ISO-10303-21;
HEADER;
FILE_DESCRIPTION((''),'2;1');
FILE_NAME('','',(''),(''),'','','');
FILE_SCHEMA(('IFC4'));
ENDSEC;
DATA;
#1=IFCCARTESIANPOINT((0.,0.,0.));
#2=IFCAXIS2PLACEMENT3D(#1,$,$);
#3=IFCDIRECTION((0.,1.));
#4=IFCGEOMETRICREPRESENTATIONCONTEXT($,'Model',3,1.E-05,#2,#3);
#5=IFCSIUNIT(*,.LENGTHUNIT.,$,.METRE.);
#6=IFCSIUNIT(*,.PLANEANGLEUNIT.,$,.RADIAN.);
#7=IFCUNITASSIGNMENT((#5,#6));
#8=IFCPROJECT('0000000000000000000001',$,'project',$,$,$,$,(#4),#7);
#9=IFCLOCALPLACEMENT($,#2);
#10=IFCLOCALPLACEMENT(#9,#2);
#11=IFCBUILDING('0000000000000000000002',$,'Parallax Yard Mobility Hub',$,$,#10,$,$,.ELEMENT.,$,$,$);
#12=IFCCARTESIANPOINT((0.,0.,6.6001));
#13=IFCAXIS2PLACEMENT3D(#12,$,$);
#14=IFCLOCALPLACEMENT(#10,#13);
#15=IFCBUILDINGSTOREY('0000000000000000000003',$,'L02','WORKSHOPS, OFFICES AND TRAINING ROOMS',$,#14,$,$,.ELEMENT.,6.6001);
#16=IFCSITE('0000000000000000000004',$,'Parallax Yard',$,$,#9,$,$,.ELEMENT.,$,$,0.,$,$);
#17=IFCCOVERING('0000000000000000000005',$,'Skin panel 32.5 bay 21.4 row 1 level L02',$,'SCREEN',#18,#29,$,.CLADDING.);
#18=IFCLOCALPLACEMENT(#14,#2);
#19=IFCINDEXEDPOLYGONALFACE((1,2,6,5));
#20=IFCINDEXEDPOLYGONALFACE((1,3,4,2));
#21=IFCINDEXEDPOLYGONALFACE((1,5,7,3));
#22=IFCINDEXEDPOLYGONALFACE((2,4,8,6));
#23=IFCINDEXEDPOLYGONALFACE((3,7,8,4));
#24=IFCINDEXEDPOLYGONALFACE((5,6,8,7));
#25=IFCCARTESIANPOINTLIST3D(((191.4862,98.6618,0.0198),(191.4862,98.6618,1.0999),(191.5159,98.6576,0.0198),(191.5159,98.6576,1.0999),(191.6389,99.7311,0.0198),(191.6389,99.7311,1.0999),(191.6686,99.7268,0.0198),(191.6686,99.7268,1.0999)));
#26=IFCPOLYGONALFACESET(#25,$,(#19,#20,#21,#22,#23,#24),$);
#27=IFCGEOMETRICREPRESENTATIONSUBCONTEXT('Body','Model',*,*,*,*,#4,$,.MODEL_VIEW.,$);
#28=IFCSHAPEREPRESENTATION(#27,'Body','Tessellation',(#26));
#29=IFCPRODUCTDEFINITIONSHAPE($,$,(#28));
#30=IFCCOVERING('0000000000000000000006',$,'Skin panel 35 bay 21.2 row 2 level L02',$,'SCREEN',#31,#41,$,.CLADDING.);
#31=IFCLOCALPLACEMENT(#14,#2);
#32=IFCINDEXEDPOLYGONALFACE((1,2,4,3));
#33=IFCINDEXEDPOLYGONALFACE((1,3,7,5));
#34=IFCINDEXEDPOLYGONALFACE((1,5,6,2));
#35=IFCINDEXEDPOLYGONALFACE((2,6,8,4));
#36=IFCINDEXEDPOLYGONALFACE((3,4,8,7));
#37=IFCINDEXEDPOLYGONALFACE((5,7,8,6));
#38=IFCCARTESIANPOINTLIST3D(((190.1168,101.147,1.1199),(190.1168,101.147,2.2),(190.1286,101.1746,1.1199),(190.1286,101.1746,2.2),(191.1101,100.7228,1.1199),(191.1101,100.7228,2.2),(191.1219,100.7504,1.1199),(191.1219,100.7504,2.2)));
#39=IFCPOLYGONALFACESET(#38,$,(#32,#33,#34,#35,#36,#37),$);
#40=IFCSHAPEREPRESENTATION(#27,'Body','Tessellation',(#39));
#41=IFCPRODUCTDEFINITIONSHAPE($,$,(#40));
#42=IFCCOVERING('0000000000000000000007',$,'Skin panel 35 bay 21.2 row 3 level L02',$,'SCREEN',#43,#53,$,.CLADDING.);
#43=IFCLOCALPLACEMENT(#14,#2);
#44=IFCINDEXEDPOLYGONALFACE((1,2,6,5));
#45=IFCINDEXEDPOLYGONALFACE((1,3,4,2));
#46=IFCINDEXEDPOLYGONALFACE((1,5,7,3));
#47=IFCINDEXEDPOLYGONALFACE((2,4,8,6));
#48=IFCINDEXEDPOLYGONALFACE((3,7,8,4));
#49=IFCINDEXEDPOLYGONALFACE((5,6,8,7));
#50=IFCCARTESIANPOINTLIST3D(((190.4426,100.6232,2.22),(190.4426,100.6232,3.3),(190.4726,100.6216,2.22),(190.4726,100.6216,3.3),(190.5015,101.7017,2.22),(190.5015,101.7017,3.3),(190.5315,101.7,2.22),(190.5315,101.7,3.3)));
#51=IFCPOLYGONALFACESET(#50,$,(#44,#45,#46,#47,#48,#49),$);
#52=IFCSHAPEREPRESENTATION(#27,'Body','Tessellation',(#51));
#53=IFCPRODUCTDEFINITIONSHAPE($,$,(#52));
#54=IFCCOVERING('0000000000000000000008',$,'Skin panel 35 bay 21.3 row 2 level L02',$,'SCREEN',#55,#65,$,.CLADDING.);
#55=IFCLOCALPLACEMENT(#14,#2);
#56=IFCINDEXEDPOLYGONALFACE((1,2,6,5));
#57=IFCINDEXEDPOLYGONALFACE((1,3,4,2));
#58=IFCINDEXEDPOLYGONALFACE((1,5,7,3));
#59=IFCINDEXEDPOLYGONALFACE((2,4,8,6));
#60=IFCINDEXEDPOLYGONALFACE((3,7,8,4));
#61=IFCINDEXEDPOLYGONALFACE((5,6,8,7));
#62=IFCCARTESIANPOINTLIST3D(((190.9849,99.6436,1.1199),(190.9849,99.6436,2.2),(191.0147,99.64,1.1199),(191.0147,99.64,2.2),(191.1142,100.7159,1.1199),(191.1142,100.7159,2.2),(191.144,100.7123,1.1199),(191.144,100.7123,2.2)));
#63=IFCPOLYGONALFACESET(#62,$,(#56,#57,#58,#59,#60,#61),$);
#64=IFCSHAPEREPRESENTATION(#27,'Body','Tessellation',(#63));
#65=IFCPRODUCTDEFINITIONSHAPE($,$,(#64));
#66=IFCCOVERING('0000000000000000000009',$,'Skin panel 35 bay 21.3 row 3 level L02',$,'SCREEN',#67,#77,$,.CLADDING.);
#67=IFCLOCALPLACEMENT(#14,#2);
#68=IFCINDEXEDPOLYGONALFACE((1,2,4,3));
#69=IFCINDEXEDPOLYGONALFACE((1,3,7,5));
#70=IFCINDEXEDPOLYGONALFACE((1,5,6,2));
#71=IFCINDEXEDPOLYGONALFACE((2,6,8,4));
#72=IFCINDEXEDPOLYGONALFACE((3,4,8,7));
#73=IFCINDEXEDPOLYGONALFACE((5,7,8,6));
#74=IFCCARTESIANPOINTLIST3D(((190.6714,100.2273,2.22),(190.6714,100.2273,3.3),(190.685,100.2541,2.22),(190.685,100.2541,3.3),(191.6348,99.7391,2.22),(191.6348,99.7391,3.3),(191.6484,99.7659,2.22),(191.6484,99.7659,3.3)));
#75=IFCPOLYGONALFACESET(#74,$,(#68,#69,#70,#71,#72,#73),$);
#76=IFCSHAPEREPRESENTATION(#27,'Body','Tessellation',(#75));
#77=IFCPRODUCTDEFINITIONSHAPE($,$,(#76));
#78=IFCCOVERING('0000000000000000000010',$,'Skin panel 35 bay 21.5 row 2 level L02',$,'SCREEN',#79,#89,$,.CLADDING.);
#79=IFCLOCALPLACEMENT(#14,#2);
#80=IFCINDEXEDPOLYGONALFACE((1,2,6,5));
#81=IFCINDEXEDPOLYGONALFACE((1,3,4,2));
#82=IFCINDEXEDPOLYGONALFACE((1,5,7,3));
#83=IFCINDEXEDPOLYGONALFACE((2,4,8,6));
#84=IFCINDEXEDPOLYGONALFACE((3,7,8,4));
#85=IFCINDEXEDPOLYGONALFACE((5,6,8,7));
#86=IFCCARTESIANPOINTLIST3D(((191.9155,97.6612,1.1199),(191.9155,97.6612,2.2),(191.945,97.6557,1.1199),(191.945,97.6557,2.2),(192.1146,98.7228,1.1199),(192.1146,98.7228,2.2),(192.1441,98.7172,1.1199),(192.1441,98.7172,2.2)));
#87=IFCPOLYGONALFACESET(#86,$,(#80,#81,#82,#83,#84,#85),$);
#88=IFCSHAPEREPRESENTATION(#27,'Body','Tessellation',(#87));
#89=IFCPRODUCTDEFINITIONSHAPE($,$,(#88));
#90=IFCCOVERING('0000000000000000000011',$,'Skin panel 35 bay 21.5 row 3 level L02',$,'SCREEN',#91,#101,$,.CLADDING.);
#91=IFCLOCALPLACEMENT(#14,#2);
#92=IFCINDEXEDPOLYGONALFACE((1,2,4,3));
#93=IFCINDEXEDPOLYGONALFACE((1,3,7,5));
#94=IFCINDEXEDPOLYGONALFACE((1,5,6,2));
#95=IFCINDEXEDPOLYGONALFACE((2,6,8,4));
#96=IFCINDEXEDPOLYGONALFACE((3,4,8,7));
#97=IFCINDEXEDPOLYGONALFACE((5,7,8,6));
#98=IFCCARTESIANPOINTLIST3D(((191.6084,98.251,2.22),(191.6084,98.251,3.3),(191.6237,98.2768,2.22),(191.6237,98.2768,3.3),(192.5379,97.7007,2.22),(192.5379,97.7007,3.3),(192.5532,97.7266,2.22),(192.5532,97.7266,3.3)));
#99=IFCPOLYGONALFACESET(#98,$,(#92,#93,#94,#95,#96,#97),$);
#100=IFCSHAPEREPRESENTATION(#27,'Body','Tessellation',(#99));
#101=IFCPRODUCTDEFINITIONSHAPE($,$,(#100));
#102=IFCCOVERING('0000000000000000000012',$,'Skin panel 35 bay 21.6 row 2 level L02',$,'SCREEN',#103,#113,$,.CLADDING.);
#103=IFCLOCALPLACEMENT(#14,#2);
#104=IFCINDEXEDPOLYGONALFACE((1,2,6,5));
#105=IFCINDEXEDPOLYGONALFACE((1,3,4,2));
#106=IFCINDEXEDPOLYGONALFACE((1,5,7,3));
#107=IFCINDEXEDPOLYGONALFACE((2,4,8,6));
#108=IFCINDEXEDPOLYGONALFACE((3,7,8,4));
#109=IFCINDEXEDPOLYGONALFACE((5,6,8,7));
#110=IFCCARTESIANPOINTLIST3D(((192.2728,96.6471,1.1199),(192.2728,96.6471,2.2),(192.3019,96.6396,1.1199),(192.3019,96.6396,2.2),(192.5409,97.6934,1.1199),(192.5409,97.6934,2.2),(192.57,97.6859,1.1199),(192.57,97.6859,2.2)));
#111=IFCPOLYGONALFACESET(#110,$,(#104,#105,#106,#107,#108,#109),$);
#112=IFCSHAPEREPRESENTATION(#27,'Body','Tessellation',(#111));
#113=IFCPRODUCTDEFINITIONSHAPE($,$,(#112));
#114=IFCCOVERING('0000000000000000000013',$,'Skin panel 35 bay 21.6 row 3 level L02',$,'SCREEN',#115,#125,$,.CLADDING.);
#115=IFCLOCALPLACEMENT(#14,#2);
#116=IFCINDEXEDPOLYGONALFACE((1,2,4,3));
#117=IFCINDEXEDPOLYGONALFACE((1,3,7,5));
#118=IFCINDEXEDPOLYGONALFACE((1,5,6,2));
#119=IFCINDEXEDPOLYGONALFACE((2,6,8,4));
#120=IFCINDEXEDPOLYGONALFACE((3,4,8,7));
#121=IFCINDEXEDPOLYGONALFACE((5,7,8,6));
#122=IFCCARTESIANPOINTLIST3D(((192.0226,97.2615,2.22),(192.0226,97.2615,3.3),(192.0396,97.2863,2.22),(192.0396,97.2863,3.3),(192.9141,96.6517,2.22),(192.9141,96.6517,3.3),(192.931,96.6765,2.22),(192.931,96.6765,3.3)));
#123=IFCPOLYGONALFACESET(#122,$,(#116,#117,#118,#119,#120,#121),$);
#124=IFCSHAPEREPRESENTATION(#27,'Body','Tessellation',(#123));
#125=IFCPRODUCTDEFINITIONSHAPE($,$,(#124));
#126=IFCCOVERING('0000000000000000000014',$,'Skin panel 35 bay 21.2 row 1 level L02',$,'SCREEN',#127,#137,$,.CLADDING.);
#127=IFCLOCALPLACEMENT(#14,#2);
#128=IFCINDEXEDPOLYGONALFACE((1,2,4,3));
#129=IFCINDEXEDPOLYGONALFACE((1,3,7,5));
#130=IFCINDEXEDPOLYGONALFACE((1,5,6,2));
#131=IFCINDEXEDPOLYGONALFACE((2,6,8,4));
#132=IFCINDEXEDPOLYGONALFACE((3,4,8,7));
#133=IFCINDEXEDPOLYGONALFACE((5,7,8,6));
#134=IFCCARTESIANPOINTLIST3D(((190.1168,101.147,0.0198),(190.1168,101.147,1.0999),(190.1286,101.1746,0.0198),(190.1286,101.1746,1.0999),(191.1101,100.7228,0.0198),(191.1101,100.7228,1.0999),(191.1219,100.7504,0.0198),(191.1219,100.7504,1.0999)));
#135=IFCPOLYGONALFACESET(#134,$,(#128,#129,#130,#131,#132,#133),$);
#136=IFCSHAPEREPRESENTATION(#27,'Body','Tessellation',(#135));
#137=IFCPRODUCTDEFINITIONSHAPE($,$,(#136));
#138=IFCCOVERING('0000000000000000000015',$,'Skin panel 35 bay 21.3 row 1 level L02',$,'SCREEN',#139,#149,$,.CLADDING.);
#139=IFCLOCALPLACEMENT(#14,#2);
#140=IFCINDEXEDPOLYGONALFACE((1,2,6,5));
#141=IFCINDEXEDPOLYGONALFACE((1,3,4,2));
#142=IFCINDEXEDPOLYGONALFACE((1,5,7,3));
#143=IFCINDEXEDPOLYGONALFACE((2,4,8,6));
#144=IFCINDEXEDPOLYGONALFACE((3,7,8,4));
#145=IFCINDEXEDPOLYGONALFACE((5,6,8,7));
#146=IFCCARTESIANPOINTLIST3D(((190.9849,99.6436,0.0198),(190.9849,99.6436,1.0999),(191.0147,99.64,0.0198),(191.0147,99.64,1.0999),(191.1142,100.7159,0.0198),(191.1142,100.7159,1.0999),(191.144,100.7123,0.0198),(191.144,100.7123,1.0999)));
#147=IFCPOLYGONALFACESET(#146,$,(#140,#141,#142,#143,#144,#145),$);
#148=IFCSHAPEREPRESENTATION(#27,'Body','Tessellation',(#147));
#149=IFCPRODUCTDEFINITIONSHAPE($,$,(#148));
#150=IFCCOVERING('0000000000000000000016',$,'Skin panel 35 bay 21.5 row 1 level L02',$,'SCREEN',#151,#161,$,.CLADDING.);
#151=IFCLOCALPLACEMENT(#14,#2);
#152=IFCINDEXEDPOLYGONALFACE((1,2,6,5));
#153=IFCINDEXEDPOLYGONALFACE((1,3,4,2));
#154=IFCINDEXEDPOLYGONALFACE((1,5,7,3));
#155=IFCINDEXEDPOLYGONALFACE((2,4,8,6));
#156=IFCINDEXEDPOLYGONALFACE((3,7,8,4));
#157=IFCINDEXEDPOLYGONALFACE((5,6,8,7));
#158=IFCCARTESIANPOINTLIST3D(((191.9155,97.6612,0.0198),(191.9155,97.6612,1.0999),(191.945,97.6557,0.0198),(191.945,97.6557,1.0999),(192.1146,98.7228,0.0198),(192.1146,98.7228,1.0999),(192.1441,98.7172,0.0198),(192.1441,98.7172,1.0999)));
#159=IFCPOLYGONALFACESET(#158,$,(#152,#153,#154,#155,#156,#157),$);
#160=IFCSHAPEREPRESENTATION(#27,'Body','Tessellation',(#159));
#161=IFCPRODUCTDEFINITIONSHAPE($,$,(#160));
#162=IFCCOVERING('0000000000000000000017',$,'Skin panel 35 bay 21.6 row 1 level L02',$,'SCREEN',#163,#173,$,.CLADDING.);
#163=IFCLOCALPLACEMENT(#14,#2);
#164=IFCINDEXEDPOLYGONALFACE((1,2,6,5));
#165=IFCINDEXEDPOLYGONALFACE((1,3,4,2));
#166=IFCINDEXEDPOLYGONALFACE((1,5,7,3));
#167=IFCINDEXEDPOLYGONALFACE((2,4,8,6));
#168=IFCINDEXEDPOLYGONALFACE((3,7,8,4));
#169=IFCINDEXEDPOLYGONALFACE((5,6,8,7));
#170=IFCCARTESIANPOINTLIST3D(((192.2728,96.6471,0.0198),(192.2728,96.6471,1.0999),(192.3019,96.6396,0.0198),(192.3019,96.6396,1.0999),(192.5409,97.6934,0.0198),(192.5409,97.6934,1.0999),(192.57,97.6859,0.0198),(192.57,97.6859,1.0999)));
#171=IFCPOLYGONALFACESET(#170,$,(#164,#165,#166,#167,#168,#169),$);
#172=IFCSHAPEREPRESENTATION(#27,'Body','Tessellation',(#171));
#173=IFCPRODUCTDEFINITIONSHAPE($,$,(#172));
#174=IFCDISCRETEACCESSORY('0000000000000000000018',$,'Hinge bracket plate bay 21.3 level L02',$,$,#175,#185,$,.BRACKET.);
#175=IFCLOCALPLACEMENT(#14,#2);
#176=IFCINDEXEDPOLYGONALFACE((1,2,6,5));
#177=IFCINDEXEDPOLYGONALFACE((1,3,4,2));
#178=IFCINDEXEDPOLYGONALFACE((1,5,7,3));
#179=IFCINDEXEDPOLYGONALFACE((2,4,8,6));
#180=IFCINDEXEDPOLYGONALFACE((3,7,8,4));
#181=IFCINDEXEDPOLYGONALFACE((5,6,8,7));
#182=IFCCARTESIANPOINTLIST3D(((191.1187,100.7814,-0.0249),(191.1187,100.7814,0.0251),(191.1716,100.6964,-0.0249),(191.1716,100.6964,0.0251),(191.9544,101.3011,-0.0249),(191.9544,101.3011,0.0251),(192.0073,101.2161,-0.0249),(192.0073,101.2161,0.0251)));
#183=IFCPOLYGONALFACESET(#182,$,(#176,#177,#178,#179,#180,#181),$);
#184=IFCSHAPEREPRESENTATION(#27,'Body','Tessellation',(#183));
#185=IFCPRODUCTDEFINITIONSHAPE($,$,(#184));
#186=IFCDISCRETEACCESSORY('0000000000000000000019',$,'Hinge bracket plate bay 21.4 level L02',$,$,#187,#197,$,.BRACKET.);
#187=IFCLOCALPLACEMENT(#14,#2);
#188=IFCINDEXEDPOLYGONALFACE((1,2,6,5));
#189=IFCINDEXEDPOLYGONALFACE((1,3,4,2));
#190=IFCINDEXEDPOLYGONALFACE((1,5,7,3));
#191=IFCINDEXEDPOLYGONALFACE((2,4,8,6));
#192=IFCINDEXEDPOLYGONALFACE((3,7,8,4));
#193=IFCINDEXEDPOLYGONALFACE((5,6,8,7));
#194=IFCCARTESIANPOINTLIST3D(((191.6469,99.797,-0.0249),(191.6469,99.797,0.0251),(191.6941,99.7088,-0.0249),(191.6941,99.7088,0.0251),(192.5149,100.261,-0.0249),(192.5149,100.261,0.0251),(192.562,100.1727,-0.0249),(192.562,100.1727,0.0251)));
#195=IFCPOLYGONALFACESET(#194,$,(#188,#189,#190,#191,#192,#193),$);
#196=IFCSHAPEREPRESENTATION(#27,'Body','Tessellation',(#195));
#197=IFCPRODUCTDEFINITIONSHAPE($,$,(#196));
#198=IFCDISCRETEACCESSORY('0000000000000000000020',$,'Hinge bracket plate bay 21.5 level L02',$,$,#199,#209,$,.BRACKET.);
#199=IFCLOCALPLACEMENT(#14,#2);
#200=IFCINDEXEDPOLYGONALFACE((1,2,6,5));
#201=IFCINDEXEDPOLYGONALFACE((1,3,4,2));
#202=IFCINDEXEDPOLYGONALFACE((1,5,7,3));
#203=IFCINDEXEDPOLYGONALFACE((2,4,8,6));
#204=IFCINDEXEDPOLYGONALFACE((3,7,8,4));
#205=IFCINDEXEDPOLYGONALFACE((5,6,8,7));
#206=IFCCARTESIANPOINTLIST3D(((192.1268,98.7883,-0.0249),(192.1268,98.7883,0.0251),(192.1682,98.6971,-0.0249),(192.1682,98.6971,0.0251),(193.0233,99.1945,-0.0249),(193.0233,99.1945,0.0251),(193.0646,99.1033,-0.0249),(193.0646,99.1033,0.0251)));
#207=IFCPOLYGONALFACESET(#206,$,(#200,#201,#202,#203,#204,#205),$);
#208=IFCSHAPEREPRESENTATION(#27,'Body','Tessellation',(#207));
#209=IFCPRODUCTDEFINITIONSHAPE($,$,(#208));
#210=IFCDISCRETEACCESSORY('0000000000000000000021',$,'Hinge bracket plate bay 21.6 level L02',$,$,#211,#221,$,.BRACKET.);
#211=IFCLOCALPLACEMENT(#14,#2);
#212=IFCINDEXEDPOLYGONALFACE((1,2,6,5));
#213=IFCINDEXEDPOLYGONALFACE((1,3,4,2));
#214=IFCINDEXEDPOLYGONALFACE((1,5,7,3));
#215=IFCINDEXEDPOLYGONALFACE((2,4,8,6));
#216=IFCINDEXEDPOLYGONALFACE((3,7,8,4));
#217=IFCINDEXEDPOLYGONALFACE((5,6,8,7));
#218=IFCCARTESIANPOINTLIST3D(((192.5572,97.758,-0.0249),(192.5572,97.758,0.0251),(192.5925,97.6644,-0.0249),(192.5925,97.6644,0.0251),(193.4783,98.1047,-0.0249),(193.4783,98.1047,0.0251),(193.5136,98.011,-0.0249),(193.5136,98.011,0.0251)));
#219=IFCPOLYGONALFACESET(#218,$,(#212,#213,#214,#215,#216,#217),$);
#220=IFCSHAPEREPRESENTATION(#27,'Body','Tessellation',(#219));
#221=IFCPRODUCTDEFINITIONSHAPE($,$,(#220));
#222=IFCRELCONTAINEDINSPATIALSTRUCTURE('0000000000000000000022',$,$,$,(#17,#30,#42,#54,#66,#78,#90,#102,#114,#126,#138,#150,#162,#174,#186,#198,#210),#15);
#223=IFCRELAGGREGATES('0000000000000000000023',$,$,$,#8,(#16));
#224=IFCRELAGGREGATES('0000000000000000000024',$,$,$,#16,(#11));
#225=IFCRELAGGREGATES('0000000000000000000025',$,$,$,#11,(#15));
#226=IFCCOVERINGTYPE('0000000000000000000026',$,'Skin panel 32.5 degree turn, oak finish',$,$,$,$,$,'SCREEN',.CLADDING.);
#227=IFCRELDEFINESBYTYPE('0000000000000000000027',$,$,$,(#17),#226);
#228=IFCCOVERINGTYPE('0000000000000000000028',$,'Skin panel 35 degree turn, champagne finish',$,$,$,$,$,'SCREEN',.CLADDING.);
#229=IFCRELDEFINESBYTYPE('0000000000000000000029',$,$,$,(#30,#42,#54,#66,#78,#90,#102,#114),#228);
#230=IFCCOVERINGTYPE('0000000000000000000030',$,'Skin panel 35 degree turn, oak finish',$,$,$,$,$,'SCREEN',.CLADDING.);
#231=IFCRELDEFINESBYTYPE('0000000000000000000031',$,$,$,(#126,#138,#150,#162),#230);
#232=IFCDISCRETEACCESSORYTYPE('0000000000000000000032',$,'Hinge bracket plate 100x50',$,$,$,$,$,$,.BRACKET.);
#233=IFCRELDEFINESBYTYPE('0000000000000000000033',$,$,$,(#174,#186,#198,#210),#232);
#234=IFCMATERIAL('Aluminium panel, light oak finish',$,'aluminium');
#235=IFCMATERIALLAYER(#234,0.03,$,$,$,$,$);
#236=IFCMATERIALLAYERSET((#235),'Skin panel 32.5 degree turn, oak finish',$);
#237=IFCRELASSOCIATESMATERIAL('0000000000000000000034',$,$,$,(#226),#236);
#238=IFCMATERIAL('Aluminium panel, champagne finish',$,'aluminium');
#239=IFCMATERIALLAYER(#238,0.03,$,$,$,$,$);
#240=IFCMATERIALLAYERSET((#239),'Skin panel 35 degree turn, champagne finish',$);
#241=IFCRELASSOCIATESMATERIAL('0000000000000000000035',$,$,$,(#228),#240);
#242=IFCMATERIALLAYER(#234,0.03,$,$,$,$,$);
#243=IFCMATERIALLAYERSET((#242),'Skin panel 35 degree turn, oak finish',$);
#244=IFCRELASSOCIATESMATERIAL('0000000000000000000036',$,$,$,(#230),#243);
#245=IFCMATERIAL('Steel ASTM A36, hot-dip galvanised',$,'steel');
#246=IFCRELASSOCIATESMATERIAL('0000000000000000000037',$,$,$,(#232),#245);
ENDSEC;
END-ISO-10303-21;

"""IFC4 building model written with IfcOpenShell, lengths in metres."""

from ifc_helpers import new_model, si_unit, direction, frame, origin, origin_2d, place, context, subcontext, project, spatial, rectangle, extrude, material, layer, layer_set, type_object, element, save


model = new_model("IFC4")

# Units and contexts
model_context = context("Model", 3, precision=1e-05, world=origin(), true_north=direction((0.0, 1.0)))
body_context = subcontext(model_context, "Body", "Model", "MODEL_VIEW")
ifc_project = project(units=[si_unit("LENGTHUNIT", "METRE"), si_unit("PLANEANGLEUNIT", "RADIAN")], contexts=[model_context])

# Site, building, storey
site_placement = place(None, origin())
site = spatial("IfcSite", under=ifc_project, at=site_placement, Name="Parallax Yard", CompositionType="ELEMENT", RefElevation=0.0)
building_placement = place(site_placement, origin())
building = spatial("IfcBuilding", under=site, at=building_placement, Name="Parallax Yard Mobility Hub", CompositionType="ELEMENT")
storey_placement = place(building_placement, frame((0.0, 0.0, 6.6001)))
storey = spatial("IfcBuildingStorey", under=building, at=storey_placement, Name="L02", Description="WORKSHOPS, OFFICES AND TRAINING ROOMS", CompositionType="ELEMENT", Elevation=6.6001)

# Coverings
ifc_material_1 = material(Name="Aluminium panel, champagne finish", Category="aluminium")
ifc_material_2 = material(Name="Aluminium panel, light oak finish", Category="aluminium")
ifc_layer_1 = layer(ifc_material_2, 0.03)
ifc_layer_set_1 = layer_set([ifc_layer_1], Name="Skin panel 32.5 degree turn, oak finish")
covering_type_1 = type_object("IfcCoveringType", Name="Skin panel 32.5 degree turn, oak finish", ElementType="SCREEN", PredefinedType="CLADDING", material=ifc_layer_set_1)
covering_placement = place(storey_placement, frame((191.5774, 99.1943, 0.0198), z_axis=(0.0, 0.0, 1.0), x_axis=(-0.141333, -0.989962, 0.0)))
element("IfcCovering", 1, at=covering_placement, inside=storey, type_object=covering_type_1, Name="Skin panel 32.5 bay 21.4 row 1 level L02", ObjectType="SCREEN", PredefinedType="CLADDING", context=body_context, shape_type="SweptSolid", body=[
    extrude(rectangle(XDim=1.0801, YDim=0.03, at=origin_2d()), origin(), (0.0, 0.0, 1.0), 1.0801),
])
ifc_layer_2 = layer(ifc_material_1, 0.03)
ifc_layer_set_2 = layer_set([ifc_layer_2], Name="Skin panel 35 degree turn, champagne finish")
covering_type_2 = type_object("IfcCoveringType", Name="Skin panel 35 degree turn, champagne finish", ElementType="SCREEN", PredefinedType="CLADDING", material=ifc_layer_set_2)
for number, where, z_axis, x_axis, name in (
    (2, (190.6194, 100.9487, 1.1199), (0.0, 0.0, 1.0), (-0.91965, 0.392738, 0.0), "Skin panel 35 bay 21.2 row 2 level L02"),
    (3, (190.4871, 101.1616, 2.22), (0.0, 0.0, 1.0), (-0.054515, -0.998513, 0.0), "Skin panel 35 bay 21.2 row 3 level L02"),
    (4, (191.0645, 100.178, 1.1199), (0.0, 0.0, 1.0), (-0.119704, -0.99281, 0.0), "Skin panel 35 bay 21.3 row 2 level L02"),
    (5, (191.1599, 99.9966, 2.22), (0.0, 0.0, 1.0), (-0.891995, 0.452046, 0.0), "Skin panel 35 bay 21.3 row 3 level L02"),
    (6, (192.0298, 98.1892, 1.1199), (0.0, 0.0, 1.0), (-0.18438, -0.982855, 0.0), "Skin panel 35 bay 21.5 row 2 level L02"),
    (7, (192.0808, 97.9888, 2.22), (0.0, 0.0, 1.0), (-0.86052, 0.509417, 0.0), "Skin panel 35 bay 21.5 row 3 level L02"),
    (8, (192.4214, 97.1665, 1.1199), (0.0, 0.0, 1.0), (-0.248267, -0.968692, 0.0), "Skin panel 35 bay 21.6 row 2 level L02"),
    (9, (192.4768, 96.969, 2.22), (0.0, 0.0, 1.0), (-0.82536, 0.564607, 0.0), "Skin panel 35 bay 21.6 row 3 level L02"),
):
    element("IfcCovering", number, at=place(storey_placement, frame(where, z_axis=z_axis, x_axis=x_axis)), inside=storey, type_object=covering_type_2, Name=name, ObjectType="SCREEN", PredefinedType="CLADDING", context=body_context, shape_type="SweptSolid", body=[
        extrude(rectangle(XDim=1.0801, YDim=0.03, at=origin_2d()), origin(), (0.0, 0.0, 1.0), 1.0801),
    ])
ifc_layer_3 = layer(ifc_material_2, 0.03)
ifc_layer_set_3 = layer_set([ifc_layer_3], Name="Skin panel 35 degree turn, oak finish")
covering_type_3 = type_object("IfcCoveringType", Name="Skin panel 35 degree turn, oak finish", ElementType="SCREEN", PredefinedType="CLADDING", material=ifc_layer_set_3)
for number, where, z_axis, x_axis, name in (
    (10, (190.6194, 100.9487, 0.0198), (0.0, 0.0, 1.0), (-0.91965, 0.392738, 0.0), "Skin panel 35 bay 21.2 row 1 level L02"),
    (11, (191.0645, 100.178, 0.0198), (0.0, 0.0, 1.0), (-0.119704, -0.99281, 0.0), "Skin panel 35 bay 21.3 row 1 level L02"),
    (12, (192.0298, 98.1892, 0.0198), (0.0, 0.0, 1.0), (-0.18438, -0.982855, 0.0), "Skin panel 35 bay 21.5 row 1 level L02"),
    (13, (192.4214, 97.1665, 0.0198), (0.0, 0.0, 1.0), (-0.248267, -0.968692, 0.0), "Skin panel 35 bay 21.6 row 1 level L02"),
):
    element("IfcCovering", number, at=place(storey_placement, frame(where, z_axis=z_axis, x_axis=x_axis)), inside=storey, type_object=covering_type_3, Name=name, ObjectType="SCREEN", PredefinedType="CLADDING", context=body_context, shape_type="SweptSolid", body=[
        extrude(rectangle(XDim=1.0801, YDim=0.03, at=origin_2d()), origin(), (0.0, 0.0, 1.0), 1.0801),
    ])

# Discrete accessories
ifc_material_3 = material(Name="Steel ASTM A36, hot-dip galvanised", Category="steel")
discrete_accessory_type_1 = type_object("IfcDiscreteAccessoryType", Name="Hinge bracket plate 100x50", PredefinedType="BRACKET", material=ifc_material_3)
for number, where, z_axis, x_axis, name in (
    (14, (191.563, 100.9988, -0.0249), (0.0, 0.0, 1.0), (-0.849202, -0.528068, 0.0), "Hinge bracket plate bay 21.3 level L02"),
    (15, (192.1045, 99.9849, -0.0249), (0.0, 0.0, 1.0), (-0.881921, -0.471397, 0.0), "Hinge bracket plate bay 21.4 level L02"),
    (16, (192.5957, 98.9458, -0.0249), (0.0, 0.0, 1.0), (-0.910864, -0.412707, 0.0), "Hinge bracket plate bay 21.5 level L02"),
    (17, (193.0354, 97.8845, -0.0249), (0.0, 0.0, 1.0), (-0.935906, -0.35225, 0.0), "Hinge bracket plate bay 21.6 level L02"),
):
    element("IfcDiscreteAccessory", number, at=place(storey_placement, frame(where, z_axis=z_axis, x_axis=x_axis)), inside=storey, type_object=discrete_accessory_type_1, Name=name, PredefinedType="BRACKET", context=body_context, shape_type="SweptSolid", body=[
        extrude(rectangle(XDim=0.9841, YDim=0.1001, at=origin_2d()), origin(), (0.0, 0.0, 1.0), 0.05),
    ])

save(model, "model.ifc")
